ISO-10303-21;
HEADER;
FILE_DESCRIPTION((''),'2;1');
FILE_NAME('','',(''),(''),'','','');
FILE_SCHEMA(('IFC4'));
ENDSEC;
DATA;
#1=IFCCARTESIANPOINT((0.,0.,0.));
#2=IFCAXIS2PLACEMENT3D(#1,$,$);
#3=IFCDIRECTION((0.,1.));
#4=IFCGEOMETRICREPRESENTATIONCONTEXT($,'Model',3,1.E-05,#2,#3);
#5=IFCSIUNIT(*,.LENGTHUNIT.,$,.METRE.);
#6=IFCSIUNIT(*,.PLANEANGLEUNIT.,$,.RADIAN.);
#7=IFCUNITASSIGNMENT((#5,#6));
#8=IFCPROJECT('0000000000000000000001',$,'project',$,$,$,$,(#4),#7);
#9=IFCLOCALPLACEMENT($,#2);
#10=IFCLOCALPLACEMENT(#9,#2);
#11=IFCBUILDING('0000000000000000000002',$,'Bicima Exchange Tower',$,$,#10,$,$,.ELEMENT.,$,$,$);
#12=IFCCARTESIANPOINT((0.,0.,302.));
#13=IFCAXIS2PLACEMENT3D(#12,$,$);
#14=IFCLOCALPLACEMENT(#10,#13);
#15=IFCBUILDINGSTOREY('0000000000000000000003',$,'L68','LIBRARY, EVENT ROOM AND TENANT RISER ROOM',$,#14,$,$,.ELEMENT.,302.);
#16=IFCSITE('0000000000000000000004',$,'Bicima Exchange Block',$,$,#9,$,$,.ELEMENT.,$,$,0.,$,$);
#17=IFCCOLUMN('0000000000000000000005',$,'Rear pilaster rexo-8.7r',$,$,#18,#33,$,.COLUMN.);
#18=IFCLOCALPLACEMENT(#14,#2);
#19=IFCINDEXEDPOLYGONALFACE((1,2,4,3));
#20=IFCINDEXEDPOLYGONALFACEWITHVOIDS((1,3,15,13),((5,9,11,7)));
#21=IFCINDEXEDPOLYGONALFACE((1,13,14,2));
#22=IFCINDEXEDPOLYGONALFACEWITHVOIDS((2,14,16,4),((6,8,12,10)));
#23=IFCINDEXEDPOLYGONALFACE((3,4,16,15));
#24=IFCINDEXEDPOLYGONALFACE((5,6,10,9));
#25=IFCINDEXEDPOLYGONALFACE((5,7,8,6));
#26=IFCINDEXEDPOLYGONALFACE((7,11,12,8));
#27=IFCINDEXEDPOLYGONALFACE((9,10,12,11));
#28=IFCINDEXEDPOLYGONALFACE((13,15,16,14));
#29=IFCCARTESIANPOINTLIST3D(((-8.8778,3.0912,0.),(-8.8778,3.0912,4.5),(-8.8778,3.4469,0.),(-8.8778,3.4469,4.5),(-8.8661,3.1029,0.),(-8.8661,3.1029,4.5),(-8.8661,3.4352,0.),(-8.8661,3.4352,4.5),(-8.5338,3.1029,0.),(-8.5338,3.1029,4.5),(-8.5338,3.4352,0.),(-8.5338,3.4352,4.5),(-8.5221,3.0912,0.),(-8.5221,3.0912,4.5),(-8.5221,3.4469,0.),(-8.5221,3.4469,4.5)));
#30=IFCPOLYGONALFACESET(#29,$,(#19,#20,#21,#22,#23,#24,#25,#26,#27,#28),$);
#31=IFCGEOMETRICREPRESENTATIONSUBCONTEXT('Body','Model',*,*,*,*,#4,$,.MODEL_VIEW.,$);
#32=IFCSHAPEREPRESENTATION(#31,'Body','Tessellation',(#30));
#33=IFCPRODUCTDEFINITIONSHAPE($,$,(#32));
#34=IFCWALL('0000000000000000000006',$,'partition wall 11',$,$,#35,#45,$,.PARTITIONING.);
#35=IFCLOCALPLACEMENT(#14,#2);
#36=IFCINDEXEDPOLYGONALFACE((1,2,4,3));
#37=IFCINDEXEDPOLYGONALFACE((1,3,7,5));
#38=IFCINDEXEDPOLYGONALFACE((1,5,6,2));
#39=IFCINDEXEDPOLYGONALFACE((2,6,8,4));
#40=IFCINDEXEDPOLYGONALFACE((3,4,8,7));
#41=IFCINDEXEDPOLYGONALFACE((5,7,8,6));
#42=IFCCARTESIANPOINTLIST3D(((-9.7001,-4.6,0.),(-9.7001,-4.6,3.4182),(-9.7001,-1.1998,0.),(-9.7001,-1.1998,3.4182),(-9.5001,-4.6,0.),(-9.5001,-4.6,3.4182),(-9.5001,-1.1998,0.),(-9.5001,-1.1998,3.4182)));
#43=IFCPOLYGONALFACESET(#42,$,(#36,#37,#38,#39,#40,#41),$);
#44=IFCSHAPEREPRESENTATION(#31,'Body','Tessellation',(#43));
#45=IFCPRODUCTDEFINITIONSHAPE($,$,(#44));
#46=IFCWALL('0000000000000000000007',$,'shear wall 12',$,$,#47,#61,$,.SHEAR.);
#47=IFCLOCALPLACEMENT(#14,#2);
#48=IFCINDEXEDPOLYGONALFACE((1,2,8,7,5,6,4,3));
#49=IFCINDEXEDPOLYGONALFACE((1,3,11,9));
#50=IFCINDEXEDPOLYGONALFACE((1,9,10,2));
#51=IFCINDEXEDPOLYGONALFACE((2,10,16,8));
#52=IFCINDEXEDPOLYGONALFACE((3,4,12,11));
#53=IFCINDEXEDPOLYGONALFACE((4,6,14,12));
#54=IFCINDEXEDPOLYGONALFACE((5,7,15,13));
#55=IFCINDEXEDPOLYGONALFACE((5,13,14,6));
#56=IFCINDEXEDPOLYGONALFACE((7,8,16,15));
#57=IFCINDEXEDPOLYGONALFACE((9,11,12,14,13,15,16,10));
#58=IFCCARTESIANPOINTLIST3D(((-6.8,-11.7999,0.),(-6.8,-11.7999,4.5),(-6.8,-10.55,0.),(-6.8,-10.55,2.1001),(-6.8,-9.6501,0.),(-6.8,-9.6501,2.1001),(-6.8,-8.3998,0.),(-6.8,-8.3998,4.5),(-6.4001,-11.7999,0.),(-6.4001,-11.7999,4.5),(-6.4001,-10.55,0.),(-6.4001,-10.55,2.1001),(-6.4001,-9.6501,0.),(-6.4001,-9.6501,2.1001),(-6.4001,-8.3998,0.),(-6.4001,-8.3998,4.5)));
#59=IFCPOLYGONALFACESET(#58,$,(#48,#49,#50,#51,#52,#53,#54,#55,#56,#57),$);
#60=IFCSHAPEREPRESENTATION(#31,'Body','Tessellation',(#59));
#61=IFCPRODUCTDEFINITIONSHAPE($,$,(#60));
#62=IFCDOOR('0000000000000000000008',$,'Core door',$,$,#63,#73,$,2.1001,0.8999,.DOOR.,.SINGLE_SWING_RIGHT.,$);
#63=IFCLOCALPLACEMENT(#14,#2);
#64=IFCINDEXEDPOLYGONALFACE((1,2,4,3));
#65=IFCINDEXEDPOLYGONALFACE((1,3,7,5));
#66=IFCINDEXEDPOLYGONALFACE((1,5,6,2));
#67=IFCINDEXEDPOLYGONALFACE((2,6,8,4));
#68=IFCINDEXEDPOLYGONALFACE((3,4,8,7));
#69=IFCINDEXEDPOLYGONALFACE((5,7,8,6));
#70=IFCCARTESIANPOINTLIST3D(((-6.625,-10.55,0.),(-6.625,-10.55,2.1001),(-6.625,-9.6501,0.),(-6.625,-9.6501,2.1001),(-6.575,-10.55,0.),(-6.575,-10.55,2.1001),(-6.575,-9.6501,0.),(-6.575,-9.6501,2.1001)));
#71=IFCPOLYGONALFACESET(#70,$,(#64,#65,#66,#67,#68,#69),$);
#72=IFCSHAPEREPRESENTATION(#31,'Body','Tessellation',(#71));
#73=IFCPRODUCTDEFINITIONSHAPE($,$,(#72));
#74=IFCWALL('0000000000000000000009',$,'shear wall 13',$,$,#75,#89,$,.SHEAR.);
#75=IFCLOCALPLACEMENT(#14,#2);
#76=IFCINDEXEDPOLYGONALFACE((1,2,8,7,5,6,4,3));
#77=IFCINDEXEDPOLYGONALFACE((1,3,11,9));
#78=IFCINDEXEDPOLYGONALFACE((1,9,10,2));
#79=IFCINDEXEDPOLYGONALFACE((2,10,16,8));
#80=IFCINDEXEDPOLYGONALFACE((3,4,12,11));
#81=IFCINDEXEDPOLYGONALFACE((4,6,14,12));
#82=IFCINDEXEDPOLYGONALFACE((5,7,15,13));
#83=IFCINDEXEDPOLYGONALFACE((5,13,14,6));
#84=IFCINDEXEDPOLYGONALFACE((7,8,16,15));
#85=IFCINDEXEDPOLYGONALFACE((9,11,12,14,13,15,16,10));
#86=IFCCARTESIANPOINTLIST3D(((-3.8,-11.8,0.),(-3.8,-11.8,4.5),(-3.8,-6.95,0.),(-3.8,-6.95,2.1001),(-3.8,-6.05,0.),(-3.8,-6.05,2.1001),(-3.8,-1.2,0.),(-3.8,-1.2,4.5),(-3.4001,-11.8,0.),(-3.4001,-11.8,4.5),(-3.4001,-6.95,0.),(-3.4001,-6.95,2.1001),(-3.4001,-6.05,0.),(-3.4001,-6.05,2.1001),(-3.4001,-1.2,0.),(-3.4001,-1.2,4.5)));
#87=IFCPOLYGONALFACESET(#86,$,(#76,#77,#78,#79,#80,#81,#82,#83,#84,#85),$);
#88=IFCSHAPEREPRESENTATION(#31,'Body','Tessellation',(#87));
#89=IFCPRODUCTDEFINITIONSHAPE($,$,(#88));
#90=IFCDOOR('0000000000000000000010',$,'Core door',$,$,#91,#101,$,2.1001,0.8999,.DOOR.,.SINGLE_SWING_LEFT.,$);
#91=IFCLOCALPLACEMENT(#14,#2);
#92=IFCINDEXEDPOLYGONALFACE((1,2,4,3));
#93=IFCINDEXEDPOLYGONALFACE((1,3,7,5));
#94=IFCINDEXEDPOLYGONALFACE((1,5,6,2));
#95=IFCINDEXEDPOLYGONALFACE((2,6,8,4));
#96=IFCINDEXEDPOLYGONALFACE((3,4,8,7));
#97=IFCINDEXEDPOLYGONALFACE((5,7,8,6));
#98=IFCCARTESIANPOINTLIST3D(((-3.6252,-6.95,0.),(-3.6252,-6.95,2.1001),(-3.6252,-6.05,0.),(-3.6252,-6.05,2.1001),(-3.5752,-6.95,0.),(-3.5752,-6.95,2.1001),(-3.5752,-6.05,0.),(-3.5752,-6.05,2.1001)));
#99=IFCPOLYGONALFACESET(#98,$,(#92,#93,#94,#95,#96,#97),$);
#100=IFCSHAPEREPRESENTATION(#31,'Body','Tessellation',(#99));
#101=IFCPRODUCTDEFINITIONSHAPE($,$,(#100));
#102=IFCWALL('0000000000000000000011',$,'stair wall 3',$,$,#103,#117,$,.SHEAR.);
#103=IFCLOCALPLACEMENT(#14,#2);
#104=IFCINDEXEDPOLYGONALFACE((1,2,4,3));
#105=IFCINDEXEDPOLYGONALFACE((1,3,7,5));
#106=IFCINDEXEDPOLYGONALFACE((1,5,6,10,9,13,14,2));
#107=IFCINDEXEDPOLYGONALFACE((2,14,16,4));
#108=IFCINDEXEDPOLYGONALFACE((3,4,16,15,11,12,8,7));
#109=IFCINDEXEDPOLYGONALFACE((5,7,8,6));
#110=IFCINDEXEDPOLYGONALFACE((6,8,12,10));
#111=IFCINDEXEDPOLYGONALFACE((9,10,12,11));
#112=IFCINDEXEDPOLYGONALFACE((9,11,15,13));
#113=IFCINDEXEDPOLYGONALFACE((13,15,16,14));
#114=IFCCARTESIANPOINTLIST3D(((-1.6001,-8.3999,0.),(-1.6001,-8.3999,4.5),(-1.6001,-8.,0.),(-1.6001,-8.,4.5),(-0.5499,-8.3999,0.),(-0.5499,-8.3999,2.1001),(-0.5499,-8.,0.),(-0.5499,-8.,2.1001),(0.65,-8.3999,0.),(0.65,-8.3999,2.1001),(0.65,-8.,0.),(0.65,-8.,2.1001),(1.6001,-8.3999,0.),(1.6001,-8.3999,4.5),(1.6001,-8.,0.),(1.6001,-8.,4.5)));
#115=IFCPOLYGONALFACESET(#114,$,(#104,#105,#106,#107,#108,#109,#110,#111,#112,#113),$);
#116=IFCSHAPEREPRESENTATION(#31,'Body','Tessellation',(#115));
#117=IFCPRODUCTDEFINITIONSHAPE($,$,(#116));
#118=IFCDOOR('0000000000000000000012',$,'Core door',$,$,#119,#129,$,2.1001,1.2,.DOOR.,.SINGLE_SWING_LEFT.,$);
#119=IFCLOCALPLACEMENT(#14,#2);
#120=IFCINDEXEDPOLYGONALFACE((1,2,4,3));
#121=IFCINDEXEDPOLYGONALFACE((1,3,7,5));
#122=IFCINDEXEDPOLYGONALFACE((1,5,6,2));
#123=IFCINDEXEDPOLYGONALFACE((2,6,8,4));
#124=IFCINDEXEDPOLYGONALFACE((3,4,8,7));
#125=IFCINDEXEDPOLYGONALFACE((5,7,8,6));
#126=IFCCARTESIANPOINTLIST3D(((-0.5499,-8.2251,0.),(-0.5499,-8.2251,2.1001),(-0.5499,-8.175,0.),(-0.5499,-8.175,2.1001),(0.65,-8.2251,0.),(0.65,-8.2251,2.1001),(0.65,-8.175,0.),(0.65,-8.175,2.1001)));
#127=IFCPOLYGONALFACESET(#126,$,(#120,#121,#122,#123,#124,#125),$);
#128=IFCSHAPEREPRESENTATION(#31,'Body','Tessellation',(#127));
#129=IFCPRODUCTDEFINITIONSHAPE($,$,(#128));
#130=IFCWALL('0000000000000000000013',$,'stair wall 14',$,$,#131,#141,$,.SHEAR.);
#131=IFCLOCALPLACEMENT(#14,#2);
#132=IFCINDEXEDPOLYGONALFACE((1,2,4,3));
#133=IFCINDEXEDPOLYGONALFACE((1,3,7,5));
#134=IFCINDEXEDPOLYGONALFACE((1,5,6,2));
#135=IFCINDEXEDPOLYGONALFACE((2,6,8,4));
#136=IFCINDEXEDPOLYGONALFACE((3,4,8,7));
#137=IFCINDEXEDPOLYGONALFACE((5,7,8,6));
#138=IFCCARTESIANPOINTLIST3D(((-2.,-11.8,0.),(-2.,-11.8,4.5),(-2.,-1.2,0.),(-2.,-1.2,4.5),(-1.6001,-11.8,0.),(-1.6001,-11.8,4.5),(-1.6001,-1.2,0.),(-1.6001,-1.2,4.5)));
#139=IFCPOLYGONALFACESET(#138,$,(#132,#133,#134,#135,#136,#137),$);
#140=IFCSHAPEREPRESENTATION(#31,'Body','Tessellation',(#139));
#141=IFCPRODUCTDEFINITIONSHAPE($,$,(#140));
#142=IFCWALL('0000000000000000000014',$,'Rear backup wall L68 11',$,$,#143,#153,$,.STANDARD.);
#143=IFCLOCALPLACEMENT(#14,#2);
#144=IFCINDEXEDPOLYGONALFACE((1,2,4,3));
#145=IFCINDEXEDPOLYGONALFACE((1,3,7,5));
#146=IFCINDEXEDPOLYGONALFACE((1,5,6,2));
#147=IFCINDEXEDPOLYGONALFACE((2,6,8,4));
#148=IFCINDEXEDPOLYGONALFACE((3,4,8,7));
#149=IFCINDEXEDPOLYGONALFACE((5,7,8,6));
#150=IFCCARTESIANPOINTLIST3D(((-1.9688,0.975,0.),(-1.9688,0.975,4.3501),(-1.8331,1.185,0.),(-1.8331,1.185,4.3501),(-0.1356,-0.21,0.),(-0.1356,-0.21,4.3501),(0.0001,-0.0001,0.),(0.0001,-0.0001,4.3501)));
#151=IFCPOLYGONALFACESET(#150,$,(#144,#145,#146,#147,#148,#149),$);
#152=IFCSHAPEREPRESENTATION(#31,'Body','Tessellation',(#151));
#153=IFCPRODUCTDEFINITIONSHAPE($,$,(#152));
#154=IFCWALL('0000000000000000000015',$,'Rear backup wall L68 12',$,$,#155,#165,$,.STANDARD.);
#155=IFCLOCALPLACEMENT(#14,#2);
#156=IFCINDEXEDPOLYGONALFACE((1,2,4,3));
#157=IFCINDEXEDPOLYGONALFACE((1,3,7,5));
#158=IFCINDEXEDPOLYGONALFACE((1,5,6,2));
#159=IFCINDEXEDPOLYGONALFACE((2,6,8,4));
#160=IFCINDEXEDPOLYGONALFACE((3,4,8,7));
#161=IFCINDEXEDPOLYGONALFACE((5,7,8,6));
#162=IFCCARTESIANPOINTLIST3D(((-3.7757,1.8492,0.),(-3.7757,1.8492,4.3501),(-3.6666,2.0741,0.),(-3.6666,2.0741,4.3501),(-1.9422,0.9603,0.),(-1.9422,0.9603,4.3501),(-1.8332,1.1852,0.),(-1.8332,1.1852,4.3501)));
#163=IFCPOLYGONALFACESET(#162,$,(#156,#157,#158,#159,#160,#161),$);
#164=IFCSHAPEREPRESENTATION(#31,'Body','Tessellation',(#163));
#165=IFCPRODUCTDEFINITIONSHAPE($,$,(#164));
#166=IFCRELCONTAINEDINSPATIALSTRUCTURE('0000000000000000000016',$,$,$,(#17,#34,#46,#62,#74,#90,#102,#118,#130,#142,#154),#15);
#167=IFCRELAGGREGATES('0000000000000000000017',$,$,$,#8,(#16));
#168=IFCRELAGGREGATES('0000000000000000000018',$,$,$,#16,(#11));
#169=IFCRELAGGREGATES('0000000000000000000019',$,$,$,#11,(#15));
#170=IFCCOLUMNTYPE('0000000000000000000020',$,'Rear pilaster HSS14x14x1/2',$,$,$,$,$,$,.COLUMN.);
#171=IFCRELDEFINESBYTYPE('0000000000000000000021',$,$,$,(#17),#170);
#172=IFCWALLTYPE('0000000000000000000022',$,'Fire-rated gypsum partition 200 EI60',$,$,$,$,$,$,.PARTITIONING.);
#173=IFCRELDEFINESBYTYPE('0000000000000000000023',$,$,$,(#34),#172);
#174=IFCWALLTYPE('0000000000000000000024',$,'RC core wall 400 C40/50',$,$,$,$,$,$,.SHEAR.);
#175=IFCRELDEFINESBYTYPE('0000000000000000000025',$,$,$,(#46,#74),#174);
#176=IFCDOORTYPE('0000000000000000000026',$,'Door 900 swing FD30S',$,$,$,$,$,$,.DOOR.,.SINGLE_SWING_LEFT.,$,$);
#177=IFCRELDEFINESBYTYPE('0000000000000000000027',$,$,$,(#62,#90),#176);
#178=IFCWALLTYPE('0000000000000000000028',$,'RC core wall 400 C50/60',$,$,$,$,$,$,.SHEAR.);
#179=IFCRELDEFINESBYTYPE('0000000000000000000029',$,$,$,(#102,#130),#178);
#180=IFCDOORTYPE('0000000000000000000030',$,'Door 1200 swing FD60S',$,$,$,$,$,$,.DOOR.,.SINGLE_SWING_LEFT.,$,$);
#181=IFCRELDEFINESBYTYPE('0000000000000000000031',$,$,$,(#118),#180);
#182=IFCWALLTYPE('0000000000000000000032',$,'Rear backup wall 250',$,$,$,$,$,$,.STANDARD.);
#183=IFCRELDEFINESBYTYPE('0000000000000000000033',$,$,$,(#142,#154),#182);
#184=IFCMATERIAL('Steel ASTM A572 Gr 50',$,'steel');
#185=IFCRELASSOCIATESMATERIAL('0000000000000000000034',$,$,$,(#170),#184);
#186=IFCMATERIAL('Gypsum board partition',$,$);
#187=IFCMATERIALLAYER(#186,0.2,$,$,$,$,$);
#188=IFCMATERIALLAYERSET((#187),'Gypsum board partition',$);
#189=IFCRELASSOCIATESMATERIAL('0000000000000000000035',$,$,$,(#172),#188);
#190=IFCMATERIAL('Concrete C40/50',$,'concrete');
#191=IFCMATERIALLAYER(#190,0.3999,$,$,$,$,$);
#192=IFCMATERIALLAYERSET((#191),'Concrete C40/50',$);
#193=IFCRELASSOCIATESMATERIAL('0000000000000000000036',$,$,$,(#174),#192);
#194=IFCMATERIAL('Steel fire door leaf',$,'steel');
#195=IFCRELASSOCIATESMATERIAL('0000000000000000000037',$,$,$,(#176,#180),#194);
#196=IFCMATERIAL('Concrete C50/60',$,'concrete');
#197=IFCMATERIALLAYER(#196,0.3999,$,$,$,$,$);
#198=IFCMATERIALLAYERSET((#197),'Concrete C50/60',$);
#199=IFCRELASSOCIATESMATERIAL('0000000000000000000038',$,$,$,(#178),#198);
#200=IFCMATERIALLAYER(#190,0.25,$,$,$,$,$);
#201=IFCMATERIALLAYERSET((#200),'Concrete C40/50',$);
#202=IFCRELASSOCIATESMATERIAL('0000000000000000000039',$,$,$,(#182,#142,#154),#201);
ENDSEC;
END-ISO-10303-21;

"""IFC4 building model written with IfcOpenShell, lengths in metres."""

from ifc_helpers import new_model, si_unit, direction, frame, frame_2d, origin, origin_2d, place, context, subcontext, project, spatial, rectangle, hollow_rectangle, extrude, material, layer, layer_set, layer_usage, material_profile, profile_set, type_object, element, fill, save


model = new_model("IFC4")

# Units and contexts
model_context = context("Model", 3, precision=1e-05, world=origin(), true_north=direction((0.0, 1.0)))
body_context = subcontext(model_context, "Body", "Model", "MODEL_VIEW")
ifc_project = project(units=[si_unit("LENGTHUNIT", "METRE"), si_unit("PLANEANGLEUNIT", "RADIAN")], contexts=[model_context])

# Site, building, storey
site_placement = place(None, origin())
site = spatial("IfcSite", under=ifc_project, at=site_placement, Name="Bicima Exchange Block", CompositionType="ELEMENT", RefElevation=0.0)
building_placement = place(site_placement, origin())
building = spatial("IfcBuilding", under=site, at=building_placement, Name="Bicima Exchange Tower", CompositionType="ELEMENT")
storey_placement = place(building_placement, frame((0.0, 0.0, 302.0)))
storey = spatial("IfcBuildingStorey", under=building, at=storey_placement, Name="L68", Description="LIBRARY, EVENT ROOM AND TENANT RISER ROOM", CompositionType="ELEMENT", Elevation=302.0)

# Column
ifc_material_1 = material(Name="Steel ASTM A572 Gr 50", Category="steel")
ifc_material_profile = material_profile(ifc_material_1, hollow_rectangle(XDim=0.3557, YDim=0.3557, WallThickness=0.0117, at=origin_2d()))
ifc_profile_set = profile_set([ifc_material_profile], Name="Steel ASTM A572 Gr 50")
column_type = type_object("IfcColumnType", Name="Rear pilaster HSS14x14x1/2", PredefinedType="COLUMN", material=ifc_profile_set)
column_placement = place(storey_placement, frame((-8.7, 3.269, 0.0), z_axis=(0.0, 0.0, 1.0), x_axis=(1.0, 0.0, 0.0)))
element("IfcColumn", 1, at=column_placement, inside=storey, type_object=column_type, Name="Rear pilaster rexo-8.7r", PredefinedType="COLUMN", context=body_context, shape_type="SweptSolid", body=[
    extrude(hollow_rectangle(XDim=0.3557, YDim=0.3557, WallThickness=0.0117, at=origin_2d()), origin(), (0.0, 0.0, 1.0), 4.5),
])

# Wall
ifc_material_2 = material(Name="Gypsum board partition")
ifc_layer_1 = layer(ifc_material_2, 0.2)
ifc_layer_set_1 = layer_set([ifc_layer_1], Name="Gypsum board partition")
wall_type_1 = type_object("IfcWallType", Name="Fire-rated gypsum partition 200 EI60", PredefinedType="PARTITIONING", material=ifc_layer_set_1)
wall_1_placement = place(storey_placement, frame((-9.6001, -4.6001, 0.0), z_axis=(0.0, 0.0, 1.0), x_axis=(0.0, 1.0, 0.0)))
element("IfcWall", 2, at=wall_1_placement, inside=storey, type_object=wall_type_1, Name="partition wall 11", PredefinedType="PARTITIONING", context=body_context, shape_type="SweptSolid", body=[
    extrude(rectangle(XDim=3.4001, YDim=0.2, at=frame_2d((1.7002, 0.0))), origin(), (0.0, 0.0, 1.0), 3.4182),
])

# Walls, openings, doors
ifc_material_3 = material(Name="Concrete C40/50", Category="concrete")
ifc_layer_2 = layer(ifc_material_3, 0.3999)
ifc_layer_set_2 = layer_set([ifc_layer_2], Name="Concrete C40/50")
wall_type_2 = type_object("IfcWallType", Name="RC core wall 400 C40/50", PredefinedType="SHEAR", material=ifc_layer_set_2)
wall_2_placement = place(storey_placement, frame((-6.6001, -11.8, 0.0), z_axis=(0.0, 0.0, 1.0), x_axis=(0.0, 1.0, 0.0)))
wall_2 = element("IfcWall", 3, at=wall_2_placement, inside=storey, type_object=wall_type_2, Name="shear wall 12", PredefinedType="SHEAR", context=body_context, shape_type="SweptSolid", body=[
    extrude(rectangle(XDim=3.4001, YDim=0.3999, at=frame_2d((1.7002, 0.0))), origin(), (0.0, 0.0, 1.0), 4.5),
])
opening_1_placement = place(wall_2_placement, frame((1.25, 0.0, 0.0)))
opening_1 = element("IfcOpeningElement", 4, at=opening_1_placement, cuts=wall_2, PredefinedType="OPENING", context=body_context, shape_type="SweptSolid", body=[
    extrude(rectangle(XDim=0.8999, YDim=2.1001, at=frame_2d((0.45, 1.05))), frame((0.0, 0.2119, 0.0), z_axis=(0.0, -1.0, 0.0), x_axis=(1.0, 0.0, 0.0)), (0.0, 0.0, 1.0), 0.4238),
])
ifc_material_4 = material(Name="Steel fire door leaf", Category="steel")
door_type_1 = type_object("IfcDoorType", Name="Door 900 swing FD30S", OperationType="SINGLE_SWING_LEFT", PredefinedType="DOOR", material=ifc_material_4)
door_1_placement = place(opening_1_placement, origin())
door_1 = element("IfcDoor", 5, at=door_1_placement, inside=storey, type_object=door_type_1, Name="Core door", OperationType="SINGLE_SWING_RIGHT", OverallHeight=2.1001, OverallWidth=0.8999, PredefinedType="DOOR", context=body_context, shape_type="SweptSolid", body=[
    extrude(rectangle(XDim=0.8999, YDim=2.1001, at=frame_2d((0.45, 1.05))), frame((0.0, 0.0249, 0.0), z_axis=(0.0, -1.0, 0.0), x_axis=(1.0, 0.0, 0.0)), (0.0, 0.0, 1.0), 0.05),
])
fill(opening_1, door_1)
wall_3_placement = place(storey_placement, frame((-3.6001, -11.8, 0.0), z_axis=(0.0, 0.0, 1.0), x_axis=(0.0, 1.0, 0.0)))
wall_3 = element("IfcWall", 6, at=wall_3_placement, inside=storey, type_object=wall_type_2, Name="shear wall 13", PredefinedType="SHEAR", context=body_context, shape_type="SweptSolid", body=[
    extrude(rectangle(XDim=10.6001, YDim=0.3999, at=frame_2d((5.3, 0.0))), origin(), (0.0, 0.0, 1.0), 4.5),
])
opening_2_placement = place(wall_3_placement, frame((4.8501, 0.0, 0.0)))
opening_2 = element("IfcOpeningElement", 7, at=opening_2_placement, cuts=wall_3, PredefinedType="OPENING", context=body_context, shape_type="SweptSolid", body=[
    extrude(rectangle(XDim=0.8999, YDim=2.1001, at=frame_2d((0.45, 1.05))), frame((0.0, 0.2119, 0.0), z_axis=(0.0, -1.0, 0.0), x_axis=(1.0, 0.0, 0.0)), (0.0, 0.0, 1.0), 0.4238),
])
door_2_placement = place(opening_2_placement, frame((0.8999, 0.0, 0.0), z_axis=(0.0, 0.0, 1.0), x_axis=(-1.0, 0.0, 0.0)))
door_2 = element("IfcDoor", 8, at=door_2_placement, inside=storey, type_object=door_type_1, Name="Core door", OperationType="SINGLE_SWING_LEFT", OverallHeight=2.1001, OverallWidth=0.8999, PredefinedType="DOOR", context=body_context, shape_type="SweptSolid", body=[
    extrude(rectangle(XDim=0.8999, YDim=2.1001, at=frame_2d((0.45, 1.05))), frame((0.0, 0.0249, 0.0), z_axis=(0.0, -1.0, 0.0), x_axis=(1.0, 0.0, 0.0)), (0.0, 0.0, 1.0), 0.05),
])
fill(opening_2, door_2)
ifc_material_5 = material(Name="Concrete C50/60", Category="concrete")
ifc_layer_3 = layer(ifc_material_5, 0.3999)
ifc_layer_set_3 = layer_set([ifc_layer_3], Name="Concrete C50/60")
wall_type_3 = type_object("IfcWallType", Name="RC core wall 400 C50/60", PredefinedType="SHEAR", material=ifc_layer_set_3)
wall_4_placement = place(storey_placement, frame((-1.6001, -8.2, 0.0), z_axis=(0.0, 0.0, 1.0), x_axis=(1.0, 0.0, 0.0)))
wall_4 = element("IfcWall", 9, at=wall_4_placement, inside=storey, type_object=wall_type_3, Name="stair wall 3", PredefinedType="SHEAR", context=body_context, shape_type="SweptSolid", body=[
    extrude(rectangle(XDim=3.2002, YDim=0.3999, at=frame_2d((1.6001, 0.0))), origin(), (0.0, 0.0, 1.0), 4.5),
])
opening_3_placement = place(wall_4_placement, frame((1.05, 0.0, 0.0)))
opening_3 = element("IfcOpeningElement", 10, at=opening_3_placement, cuts=wall_4, PredefinedType="OPENING", context=body_context, shape_type="SweptSolid", body=[
    extrude(rectangle(XDim=1.2, YDim=2.1001, at=frame_2d((0.6001, 1.05))), frame((0.0, 0.2119, 0.0), z_axis=(0.0, -1.0, 0.0), x_axis=(1.0, 0.0, 0.0)), (0.0, 0.0, 1.0), 0.4238),
])
door_type_2 = type_object("IfcDoorType", Name="Door 1200 swing FD60S", OperationType="SINGLE_SWING_LEFT", PredefinedType="DOOR", material=ifc_material_4)
door_3_placement = place(opening_3_placement, origin())
door_3 = element("IfcDoor", 11, at=door_3_placement, inside=storey, type_object=door_type_2, Name="Core door", OperationType="SINGLE_SWING_LEFT", OverallHeight=2.1001, OverallWidth=1.2, PredefinedType="DOOR", context=body_context, shape_type="SweptSolid", body=[
    extrude(rectangle(XDim=1.2, YDim=2.1001, at=frame_2d((0.6001, 1.05))), frame((0.0, 0.0249, 0.0), z_axis=(0.0, -1.0, 0.0), x_axis=(1.0, 0.0, 0.0)), (0.0, 0.0, 1.0), 0.05),
])
fill(opening_3, door_3)

# Walls
wall_5_placement = place(storey_placement, frame((-1.8, -11.8, 0.0), z_axis=(0.0, 0.0, 1.0), x_axis=(0.0, 1.0, 0.0)))
element("IfcWall", 12, at=wall_5_placement, inside=storey, type_object=wall_type_3, Name="stair wall 14", PredefinedType="SHEAR", context=body_context, shape_type="SweptSolid", body=[
    extrude(rectangle(XDim=10.6001, YDim=0.3999, at=frame_2d((5.3, 0.0))), origin(), (0.0, 0.0, 1.0), 4.5),
])
ifc_layer_4 = layer(ifc_material_3, 0.25)
ifc_layer_set_4 = layer_set([ifc_layer_4], Name="Concrete C40/50")
ifc_layer_usage = layer_usage(ifc_layer_set_4, "AXIS2", "POSITIVE", -0.125)
wall_type_4 = type_object("IfcWallType", Name="Rear backup wall 250", PredefinedType="STANDARD", material=ifc_layer_set_4)
wall_6_placement = place(storey_placement, frame((-0.0679, -0.105, 0.0), z_axis=(0.0, 0.0, 1.0), x_axis=(-0.839813, 0.542876, 0.0)))
element("IfcWall", 13, at=wall_6_placement, inside=storey, type_object=wall_type_4, material=ifc_layer_usage, Name="Rear backup wall L68 11", PredefinedType="STANDARD", context=body_context, shape_type="SweptSolid", body=[
    extrude(rectangle(XDim=2.1829, YDim=0.25, at=frame_2d((1.0913, 0.0))), origin(), (0.0, 0.0, 1.0), 4.3501),
])
wall_7_placement = place(storey_placement, frame((-1.8877, 1.0728, 0.0), z_axis=(0.0, 0.0, 1.0), x_axis=(-0.899824, 0.436253, 0.0)))
element("IfcWall", 14, at=wall_7_placement, inside=storey, type_object=wall_type_4, material=ifc_layer_usage, Name="Rear backup wall L68 12", PredefinedType="STANDARD", context=body_context, shape_type="SweptSolid", body=[
    extrude(rectangle(XDim=2.0376, YDim=0.25, at=frame_2d((1.0188, 0.0))), origin(), (0.0, 0.0, 1.0), 4.3501),
])

save(model, "model.ifc")
